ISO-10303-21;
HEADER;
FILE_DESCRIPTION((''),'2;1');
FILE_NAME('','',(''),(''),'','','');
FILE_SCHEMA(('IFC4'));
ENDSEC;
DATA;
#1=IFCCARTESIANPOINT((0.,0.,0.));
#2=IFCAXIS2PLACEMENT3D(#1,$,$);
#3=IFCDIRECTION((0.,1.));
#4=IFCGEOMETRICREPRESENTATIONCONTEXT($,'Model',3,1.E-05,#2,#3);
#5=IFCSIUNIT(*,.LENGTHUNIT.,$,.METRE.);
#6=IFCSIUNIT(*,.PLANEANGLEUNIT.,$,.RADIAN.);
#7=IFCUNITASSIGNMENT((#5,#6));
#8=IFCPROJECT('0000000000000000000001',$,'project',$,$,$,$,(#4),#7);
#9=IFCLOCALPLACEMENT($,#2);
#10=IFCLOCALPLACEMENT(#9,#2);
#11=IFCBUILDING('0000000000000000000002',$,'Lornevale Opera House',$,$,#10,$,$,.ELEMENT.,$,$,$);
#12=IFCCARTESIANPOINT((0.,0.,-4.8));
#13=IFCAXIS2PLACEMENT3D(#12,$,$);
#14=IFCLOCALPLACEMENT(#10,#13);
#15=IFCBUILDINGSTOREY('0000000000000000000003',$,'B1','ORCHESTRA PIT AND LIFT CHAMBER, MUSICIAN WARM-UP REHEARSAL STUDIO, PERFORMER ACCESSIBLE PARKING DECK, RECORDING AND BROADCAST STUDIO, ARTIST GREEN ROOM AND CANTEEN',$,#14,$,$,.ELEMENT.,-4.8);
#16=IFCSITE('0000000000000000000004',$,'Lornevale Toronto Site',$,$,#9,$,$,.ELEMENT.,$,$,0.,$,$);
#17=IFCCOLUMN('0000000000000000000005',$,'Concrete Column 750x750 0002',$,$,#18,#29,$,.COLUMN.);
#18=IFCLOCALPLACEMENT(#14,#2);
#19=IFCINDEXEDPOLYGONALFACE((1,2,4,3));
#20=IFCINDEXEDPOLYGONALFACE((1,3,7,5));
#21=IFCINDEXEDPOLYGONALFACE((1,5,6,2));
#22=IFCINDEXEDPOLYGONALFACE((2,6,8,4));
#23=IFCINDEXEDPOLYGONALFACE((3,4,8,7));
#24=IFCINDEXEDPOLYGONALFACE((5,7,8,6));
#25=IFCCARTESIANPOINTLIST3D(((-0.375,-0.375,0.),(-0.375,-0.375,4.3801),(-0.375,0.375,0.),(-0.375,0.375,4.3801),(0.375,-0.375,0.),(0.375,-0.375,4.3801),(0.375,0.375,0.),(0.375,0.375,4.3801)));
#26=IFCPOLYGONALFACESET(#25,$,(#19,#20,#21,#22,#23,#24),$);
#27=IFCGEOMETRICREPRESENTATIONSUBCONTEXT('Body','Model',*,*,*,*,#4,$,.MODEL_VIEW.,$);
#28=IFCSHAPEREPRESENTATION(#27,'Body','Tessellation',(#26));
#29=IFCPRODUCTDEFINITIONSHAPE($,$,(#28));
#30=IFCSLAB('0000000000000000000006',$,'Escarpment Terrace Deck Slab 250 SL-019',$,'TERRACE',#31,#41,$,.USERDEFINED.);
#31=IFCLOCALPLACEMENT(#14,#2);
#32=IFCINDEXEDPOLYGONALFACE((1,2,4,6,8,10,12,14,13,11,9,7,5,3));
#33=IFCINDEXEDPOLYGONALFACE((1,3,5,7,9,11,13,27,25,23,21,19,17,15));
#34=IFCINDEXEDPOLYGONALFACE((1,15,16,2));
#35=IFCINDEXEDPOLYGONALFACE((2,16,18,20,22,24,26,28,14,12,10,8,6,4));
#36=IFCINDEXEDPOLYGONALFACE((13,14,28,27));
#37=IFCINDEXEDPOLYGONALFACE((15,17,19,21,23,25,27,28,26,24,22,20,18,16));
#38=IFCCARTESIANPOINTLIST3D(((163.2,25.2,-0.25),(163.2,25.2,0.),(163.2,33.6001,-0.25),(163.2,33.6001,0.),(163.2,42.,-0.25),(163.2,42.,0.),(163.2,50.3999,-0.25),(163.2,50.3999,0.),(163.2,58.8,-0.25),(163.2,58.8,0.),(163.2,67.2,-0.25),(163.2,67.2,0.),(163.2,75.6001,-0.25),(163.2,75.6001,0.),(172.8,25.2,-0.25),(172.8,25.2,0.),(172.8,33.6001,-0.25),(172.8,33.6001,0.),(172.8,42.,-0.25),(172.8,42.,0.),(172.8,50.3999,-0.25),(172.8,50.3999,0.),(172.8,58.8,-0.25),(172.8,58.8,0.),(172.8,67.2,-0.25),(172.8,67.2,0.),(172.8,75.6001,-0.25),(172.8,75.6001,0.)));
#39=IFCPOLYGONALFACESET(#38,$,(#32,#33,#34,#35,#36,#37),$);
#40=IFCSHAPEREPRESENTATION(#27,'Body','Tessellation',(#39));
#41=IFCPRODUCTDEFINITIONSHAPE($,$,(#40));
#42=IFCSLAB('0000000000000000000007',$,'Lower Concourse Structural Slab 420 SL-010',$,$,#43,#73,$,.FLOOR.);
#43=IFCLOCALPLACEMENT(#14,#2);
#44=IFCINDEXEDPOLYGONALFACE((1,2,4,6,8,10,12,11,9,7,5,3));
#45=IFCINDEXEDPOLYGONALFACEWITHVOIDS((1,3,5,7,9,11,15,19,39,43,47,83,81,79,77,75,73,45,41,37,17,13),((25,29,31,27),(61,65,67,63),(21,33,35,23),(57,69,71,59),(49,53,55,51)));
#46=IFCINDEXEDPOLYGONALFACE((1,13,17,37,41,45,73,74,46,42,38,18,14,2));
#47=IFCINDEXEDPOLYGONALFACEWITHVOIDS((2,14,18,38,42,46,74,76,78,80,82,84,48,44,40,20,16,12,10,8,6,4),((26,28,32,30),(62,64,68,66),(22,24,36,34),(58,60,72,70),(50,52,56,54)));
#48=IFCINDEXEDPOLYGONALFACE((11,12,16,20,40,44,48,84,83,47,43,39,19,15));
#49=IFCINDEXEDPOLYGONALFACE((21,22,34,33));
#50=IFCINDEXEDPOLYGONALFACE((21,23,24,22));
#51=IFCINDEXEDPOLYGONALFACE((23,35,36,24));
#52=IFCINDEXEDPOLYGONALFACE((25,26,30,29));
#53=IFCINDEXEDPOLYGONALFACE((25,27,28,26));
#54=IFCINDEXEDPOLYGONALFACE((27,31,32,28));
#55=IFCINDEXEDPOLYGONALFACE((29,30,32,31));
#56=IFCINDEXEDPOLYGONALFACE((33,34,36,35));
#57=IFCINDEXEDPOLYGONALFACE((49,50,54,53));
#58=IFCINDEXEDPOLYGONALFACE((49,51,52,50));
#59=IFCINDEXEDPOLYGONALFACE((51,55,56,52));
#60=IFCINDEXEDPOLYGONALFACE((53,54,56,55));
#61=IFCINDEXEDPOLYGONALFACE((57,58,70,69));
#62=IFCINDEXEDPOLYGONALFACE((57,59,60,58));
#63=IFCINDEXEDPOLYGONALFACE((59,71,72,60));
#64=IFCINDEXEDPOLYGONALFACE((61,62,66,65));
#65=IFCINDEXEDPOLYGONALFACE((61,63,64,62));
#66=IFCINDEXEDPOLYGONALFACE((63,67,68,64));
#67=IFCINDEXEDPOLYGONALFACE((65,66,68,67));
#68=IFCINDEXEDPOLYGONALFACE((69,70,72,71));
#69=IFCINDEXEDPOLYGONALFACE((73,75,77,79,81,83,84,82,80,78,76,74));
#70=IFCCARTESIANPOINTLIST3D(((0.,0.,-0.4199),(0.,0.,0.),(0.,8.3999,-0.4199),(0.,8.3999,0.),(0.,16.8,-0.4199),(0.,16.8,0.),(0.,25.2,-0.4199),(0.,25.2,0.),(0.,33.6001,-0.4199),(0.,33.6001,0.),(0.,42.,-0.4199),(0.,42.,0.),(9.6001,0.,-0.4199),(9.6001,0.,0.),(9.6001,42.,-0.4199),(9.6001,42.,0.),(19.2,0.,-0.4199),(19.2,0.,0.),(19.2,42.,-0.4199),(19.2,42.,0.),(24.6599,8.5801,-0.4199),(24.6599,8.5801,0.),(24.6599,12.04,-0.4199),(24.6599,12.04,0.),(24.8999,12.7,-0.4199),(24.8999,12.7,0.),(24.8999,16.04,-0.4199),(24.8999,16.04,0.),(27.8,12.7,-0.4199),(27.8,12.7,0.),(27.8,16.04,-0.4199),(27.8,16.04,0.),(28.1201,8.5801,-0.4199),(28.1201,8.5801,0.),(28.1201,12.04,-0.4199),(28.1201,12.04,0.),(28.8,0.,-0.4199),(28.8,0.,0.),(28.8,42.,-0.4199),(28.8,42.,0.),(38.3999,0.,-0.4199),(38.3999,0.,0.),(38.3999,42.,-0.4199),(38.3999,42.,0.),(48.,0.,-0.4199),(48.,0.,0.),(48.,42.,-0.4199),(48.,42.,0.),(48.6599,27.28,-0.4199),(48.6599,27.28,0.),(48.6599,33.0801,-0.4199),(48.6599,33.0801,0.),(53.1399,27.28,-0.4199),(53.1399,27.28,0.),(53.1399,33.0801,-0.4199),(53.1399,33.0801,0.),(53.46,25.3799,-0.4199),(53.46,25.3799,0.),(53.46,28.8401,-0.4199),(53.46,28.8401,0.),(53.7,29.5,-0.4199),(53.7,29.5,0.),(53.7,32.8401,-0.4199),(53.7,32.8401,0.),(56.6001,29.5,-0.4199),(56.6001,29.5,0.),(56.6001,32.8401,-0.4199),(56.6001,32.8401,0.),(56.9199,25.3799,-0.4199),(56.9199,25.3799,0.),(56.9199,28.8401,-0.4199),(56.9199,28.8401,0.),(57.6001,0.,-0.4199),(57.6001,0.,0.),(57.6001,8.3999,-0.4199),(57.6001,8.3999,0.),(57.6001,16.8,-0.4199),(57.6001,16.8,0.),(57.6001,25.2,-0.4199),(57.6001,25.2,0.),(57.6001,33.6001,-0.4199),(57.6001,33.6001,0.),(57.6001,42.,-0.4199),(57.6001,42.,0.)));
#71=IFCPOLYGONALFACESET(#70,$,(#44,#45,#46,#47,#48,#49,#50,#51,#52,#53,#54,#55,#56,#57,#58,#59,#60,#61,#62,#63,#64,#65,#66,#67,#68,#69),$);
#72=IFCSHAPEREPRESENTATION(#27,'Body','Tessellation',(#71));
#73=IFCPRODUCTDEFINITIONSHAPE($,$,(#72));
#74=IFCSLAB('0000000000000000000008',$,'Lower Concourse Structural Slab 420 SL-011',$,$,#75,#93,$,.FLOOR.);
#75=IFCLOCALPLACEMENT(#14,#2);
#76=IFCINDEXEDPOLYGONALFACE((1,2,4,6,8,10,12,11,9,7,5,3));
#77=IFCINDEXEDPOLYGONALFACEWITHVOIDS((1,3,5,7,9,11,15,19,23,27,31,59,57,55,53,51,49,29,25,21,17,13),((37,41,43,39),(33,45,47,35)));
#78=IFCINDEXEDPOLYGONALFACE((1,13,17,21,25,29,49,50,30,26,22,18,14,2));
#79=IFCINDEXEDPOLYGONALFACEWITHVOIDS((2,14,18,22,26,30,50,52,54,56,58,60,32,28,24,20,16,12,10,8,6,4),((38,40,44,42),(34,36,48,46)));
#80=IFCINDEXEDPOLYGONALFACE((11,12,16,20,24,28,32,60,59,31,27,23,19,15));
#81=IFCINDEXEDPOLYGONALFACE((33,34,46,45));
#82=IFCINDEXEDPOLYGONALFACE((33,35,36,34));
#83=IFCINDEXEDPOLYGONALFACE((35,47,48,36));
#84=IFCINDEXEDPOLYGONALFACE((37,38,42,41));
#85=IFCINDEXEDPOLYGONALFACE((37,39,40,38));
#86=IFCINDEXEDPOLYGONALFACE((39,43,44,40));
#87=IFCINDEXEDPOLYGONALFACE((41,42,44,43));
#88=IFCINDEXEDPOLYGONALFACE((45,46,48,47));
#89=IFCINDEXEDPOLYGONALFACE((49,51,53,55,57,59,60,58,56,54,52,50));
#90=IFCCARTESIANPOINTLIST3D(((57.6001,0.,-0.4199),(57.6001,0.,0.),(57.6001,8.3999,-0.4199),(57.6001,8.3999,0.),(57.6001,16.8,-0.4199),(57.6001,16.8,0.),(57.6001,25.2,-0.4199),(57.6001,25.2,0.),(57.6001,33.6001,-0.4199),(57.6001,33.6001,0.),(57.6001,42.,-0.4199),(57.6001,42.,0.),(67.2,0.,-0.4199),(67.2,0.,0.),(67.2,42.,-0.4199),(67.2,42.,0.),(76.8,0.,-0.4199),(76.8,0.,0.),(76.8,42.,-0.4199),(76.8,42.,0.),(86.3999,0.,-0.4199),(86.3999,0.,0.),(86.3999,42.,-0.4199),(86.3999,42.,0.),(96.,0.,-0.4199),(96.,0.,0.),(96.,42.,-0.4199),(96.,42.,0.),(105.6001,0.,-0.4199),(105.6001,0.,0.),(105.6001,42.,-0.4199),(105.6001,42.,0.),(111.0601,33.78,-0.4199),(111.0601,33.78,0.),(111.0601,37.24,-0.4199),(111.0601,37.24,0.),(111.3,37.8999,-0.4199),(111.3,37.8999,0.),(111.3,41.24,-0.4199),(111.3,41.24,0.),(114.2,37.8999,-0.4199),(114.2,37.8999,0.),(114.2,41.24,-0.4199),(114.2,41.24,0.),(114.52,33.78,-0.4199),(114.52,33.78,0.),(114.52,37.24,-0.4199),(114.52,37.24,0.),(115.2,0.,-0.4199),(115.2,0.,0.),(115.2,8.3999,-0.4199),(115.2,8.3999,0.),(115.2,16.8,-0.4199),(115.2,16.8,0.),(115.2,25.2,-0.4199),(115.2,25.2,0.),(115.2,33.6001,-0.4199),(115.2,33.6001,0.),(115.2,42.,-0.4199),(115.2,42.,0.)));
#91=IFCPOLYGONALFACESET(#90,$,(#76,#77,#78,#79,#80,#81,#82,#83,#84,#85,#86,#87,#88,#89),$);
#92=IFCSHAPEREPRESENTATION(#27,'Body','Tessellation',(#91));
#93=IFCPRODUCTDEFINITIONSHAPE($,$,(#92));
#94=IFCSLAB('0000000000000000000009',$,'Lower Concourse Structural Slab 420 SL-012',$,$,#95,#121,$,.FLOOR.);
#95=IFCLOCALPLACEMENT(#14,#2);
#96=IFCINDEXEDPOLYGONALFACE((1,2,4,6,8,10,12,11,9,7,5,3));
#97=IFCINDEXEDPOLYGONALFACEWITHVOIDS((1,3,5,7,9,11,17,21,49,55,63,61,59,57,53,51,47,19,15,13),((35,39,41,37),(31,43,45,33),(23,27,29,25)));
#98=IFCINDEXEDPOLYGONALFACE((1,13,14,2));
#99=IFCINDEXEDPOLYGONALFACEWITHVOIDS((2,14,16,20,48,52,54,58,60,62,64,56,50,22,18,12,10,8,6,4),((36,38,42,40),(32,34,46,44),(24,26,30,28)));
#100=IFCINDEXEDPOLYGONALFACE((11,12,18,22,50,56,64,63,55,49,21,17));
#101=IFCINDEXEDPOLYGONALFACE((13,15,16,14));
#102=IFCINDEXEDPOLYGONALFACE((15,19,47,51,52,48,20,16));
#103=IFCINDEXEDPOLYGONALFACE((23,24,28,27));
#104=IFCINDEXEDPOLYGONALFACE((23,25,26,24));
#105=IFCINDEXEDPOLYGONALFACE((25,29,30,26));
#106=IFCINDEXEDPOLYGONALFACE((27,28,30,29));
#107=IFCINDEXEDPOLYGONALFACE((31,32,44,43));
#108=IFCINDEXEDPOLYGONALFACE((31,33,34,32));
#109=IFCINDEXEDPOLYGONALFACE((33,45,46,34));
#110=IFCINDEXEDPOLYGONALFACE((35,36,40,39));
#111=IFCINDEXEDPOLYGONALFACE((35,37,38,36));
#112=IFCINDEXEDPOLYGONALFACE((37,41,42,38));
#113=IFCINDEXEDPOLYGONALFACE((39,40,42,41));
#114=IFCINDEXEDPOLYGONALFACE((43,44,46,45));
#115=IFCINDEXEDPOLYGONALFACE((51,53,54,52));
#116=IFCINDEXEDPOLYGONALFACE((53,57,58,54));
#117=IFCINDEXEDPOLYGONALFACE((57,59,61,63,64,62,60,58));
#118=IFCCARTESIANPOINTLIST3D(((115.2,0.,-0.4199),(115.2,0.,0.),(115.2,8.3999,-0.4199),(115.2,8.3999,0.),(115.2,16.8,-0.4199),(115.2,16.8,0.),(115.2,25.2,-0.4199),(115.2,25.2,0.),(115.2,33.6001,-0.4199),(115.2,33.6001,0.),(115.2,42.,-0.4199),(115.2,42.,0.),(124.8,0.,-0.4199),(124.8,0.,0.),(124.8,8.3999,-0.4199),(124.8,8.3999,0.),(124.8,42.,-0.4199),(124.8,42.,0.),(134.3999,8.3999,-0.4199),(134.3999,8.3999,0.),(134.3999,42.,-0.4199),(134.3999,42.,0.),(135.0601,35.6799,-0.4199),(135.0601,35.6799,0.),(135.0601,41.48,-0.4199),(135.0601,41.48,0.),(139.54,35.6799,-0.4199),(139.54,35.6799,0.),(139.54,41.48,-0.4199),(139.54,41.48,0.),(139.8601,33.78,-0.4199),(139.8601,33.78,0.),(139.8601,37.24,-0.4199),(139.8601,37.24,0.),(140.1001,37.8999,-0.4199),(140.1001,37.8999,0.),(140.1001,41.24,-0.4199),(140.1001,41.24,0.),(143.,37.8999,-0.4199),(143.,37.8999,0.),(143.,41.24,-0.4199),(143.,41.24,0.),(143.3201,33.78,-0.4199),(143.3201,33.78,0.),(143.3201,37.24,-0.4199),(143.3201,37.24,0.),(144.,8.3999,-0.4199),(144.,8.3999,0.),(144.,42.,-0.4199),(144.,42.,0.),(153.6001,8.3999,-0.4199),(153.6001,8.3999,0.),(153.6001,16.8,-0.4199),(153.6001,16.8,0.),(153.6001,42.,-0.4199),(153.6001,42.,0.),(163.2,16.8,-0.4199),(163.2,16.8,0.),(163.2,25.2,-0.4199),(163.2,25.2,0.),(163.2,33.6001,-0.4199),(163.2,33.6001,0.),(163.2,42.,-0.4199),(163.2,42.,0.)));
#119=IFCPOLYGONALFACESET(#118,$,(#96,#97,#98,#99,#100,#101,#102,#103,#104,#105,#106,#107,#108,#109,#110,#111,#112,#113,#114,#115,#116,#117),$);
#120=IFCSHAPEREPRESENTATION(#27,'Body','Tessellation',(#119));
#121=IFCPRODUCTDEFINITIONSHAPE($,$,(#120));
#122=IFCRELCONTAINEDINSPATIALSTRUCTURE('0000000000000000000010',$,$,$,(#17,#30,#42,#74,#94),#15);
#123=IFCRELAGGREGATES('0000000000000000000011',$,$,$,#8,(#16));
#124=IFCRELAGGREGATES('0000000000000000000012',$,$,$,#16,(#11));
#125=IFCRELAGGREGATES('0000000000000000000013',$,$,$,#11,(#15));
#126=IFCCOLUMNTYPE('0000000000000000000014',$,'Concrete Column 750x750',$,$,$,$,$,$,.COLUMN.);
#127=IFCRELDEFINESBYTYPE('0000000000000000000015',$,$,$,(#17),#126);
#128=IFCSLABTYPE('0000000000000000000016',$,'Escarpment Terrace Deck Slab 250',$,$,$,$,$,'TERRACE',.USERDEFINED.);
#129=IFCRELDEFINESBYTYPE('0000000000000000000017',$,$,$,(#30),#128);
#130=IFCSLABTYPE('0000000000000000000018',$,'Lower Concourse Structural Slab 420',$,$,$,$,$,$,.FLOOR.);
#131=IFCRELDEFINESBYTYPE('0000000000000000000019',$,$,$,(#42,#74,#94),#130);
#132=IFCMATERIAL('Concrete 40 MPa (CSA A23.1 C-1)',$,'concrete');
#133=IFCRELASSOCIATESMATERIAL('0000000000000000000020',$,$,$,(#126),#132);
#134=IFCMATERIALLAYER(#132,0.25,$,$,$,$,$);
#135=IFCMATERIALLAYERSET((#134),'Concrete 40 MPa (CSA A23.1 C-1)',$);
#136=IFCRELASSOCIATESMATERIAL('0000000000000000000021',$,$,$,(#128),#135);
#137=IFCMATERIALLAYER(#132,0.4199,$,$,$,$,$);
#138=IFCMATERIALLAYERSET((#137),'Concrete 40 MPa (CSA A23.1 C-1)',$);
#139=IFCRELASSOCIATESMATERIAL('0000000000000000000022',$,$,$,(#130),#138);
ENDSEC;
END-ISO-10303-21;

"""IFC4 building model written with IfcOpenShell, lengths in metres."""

from ifc_helpers import new_model, si_unit, direction, frame, origin, origin_with_axes, origin_2d, place, context, subcontext, project, spatial, polyline, rectangle, outline, extrude, material, layer, layer_set, material_profile, profile_set, type_object, element, save


model = new_model("IFC4")

# Units and contexts
model_context = context("Model", 3, precision=1e-05, world=origin(), true_north=direction((0.0, 1.0)))
body_context = subcontext(model_context, "Body", "Model", "MODEL_VIEW")
ifc_project = project(units=[si_unit("LENGTHUNIT", "METRE"), si_unit("PLANEANGLEUNIT", "RADIAN")], contexts=[model_context])

# Site, building, storey
site_placement = place(None, origin())
site = spatial("IfcSite", under=ifc_project, at=site_placement, Name="Lornevale Toronto Site", CompositionType="ELEMENT", RefElevation=0.0)
building_placement = place(site_placement, origin())
building = spatial("IfcBuilding", under=site, at=building_placement, Name="Lornevale Opera House", CompositionType="ELEMENT")
storey_placement = place(building_placement, frame((0.0, 0.0, -4.8)))
storey = spatial("IfcBuildingStorey", under=building, at=storey_placement, Name="B1", Description="ORCHESTRA PIT AND LIFT CHAMBER, MUSICIAN WARM-UP REHEARSAL STUDIO, PERFORMER ACCESSIBLE PARKING DECK, RECORDING AND BROADCAST STUDIO, ARTIST GREEN ROOM AND CANTEEN", CompositionType="ELEMENT", Elevation=-4.8)

# Column
ifc_material_1 = material(Name="Concrete 40 MPa (CSA A23.1 C-1)", Category="concrete")
ifc_material_profile = material_profile(ifc_material_1, rectangle(XDim=0.75, YDim=0.75, at=origin_2d()), Name="RC750x750")
ifc_profile_set = profile_set([ifc_material_profile], Name="Concrete 40 MPa (CSA A23.1 C-1)")
column_type = type_object("IfcColumnType", Name="Concrete Column 750x750", PredefinedType="COLUMN", material=ifc_profile_set)
column_placement = place(storey_placement, origin_with_axes())
element("IfcColumn", 1, at=column_placement, inside=storey, type_object=column_type, Name="Concrete Column 750x750 0002", PredefinedType="COLUMN", context=body_context, shape_type="SweptSolid", body=[
    extrude(rectangle(XDim=0.75, YDim=0.75, at=origin_2d()), origin(), (0.0, 0.0, 1.0), 4.3801),
])

# Slabs
ifc_layer_1 = layer(ifc_material_1, 0.25)
ifc_layer_set_1 = layer_set([ifc_layer_1], Name="Concrete 40 MPa (CSA A23.1 C-1)")
slab_type_1 = type_object("IfcSlabType", Name="Escarpment Terrace Deck Slab 250", ElementType="TERRACE", PredefinedType="USERDEFINED", material=ifc_layer_set_1)
slab_1_placement = place(storey_placement, frame((0.0, 0.0, -0.25)))
element("IfcSlab", 2, at=slab_1_placement, inside=storey, type_object=slab_type_1, Name="Escarpment Terrace Deck Slab 250 SL-019", ObjectType="TERRACE", PredefinedType="USERDEFINED", context=body_context, shape_type="SweptSolid", body=[
    extrude(outline(polyline([(163.2, 25.2), (163.2, 33.6001), (163.2, 42.0), (163.2, 50.3999), (163.2, 58.8), (163.2, 67.2), (163.2, 75.6001), (172.8, 75.6001), (172.8, 67.2), (172.8, 58.8), (172.8, 50.3999), (172.8, 42.0), (172.8, 33.6001), (172.8, 25.2), (163.2, 25.2)])), origin(), (0.0, 0.0, 1.0), 0.25),
])
ifc_layer_2 = layer(ifc_material_1, 0.4199)
ifc_layer_set_2 = layer_set([ifc_layer_2], Name="Concrete 40 MPa (CSA A23.1 C-1)")
slab_type_2 = type_object("IfcSlabType", Name="Lower Concourse Structural Slab 420", PredefinedType="FLOOR", material=ifc_layer_set_2)
slab_2_placement = place(storey_placement, frame((0.0, 0.0, -0.4199)))
element("IfcSlab", 3, at=slab_2_placement, inside=storey, type_object=slab_type_2, Name="Lower Concourse Structural Slab 420 SL-010", PredefinedType="FLOOR", context=body_context, shape_type="SweptSolid", body=[
    extrude(outline(polyline([(0.0, 25.2), (0.0, 33.6001), (0.0, 42.0), (9.6001, 42.0), (19.2, 42.0), (28.8, 42.0), (38.3999, 42.0), (48.0, 42.0), (57.6001, 42.0), (57.6001, 33.6001), (57.6001, 25.2), (57.6001, 16.8), (57.6001, 8.3999), (57.6001, 0.0), (48.0, 0.0), (38.3999, 0.0), (28.8, 0.0), (19.2, 0.0), (9.6001, 0.0), (0.0, 0.0), (0.0, 8.3999), (0.0, 16.8), (0.0, 25.2)]), holes=[polyline([(53.46, 25.3799), (56.9199, 25.3799), (56.9199, 28.8401), (53.46, 28.8401), (53.46, 25.3799)]), polyline([(48.6599, 27.28), (53.1399, 27.28), (53.1399, 33.0801), (48.6599, 33.0801), (48.6599, 27.28)]), polyline([(24.6599, 8.5801), (28.1201, 8.5801), (28.1201, 12.04), (24.6599, 12.04), (24.6599, 8.5801)]), polyline([(53.7, 29.5), (56.6001, 29.5), (56.6001, 32.8401), (53.7, 32.8401), (53.7, 29.5)]), polyline([(24.8999, 12.7), (27.8, 12.7), (27.8, 16.04), (24.8999, 16.04), (24.8999, 12.7)])]), origin(), (0.0, 0.0, 1.0), 0.4199),
])
slab_3_placement = place(storey_placement, frame((0.0, 0.0, -0.4199)))
element("IfcSlab", 4, at=slab_3_placement, inside=storey, type_object=slab_type_2, Name="Lower Concourse Structural Slab 420 SL-011", PredefinedType="FLOOR", context=body_context, shape_type="SweptSolid", body=[
    extrude(outline(polyline([(57.6001, 25.2), (57.6001, 33.6001), (57.6001, 42.0), (67.2, 42.0), (76.8, 42.0), (86.3999, 42.0), (96.0, 42.0), (105.6001, 42.0), (115.2, 42.0), (115.2, 33.6001), (115.2, 25.2), (115.2, 16.8), (115.2, 8.3999), (115.2, 0.0), (105.6001, 0.0), (96.0, 0.0), (86.3999, 0.0), (76.8, 0.0), (67.2, 0.0), (57.6001, 0.0), (57.6001, 8.3999), (57.6001, 16.8), (57.6001, 25.2)]), holes=[polyline([(111.0601, 33.78), (114.52, 33.78), (114.52, 37.24), (111.0601, 37.24), (111.0601, 33.78)]), polyline([(111.3, 37.8999), (114.2, 37.8999), (114.2, 41.24), (111.3, 41.24), (111.3, 37.8999)])]), origin(), (0.0, 0.0, 1.0), 0.4199),
])
slab_4_placement = place(storey_placement, frame((0.0, 0.0, -0.4199)))
element("IfcSlab", 5, at=slab_4_placement, inside=storey, type_object=slab_type_2, Name="Lower Concourse Structural Slab 420 SL-012", PredefinedType="FLOOR", context=body_context, shape_type="SweptSolid", body=[
    extrude(outline(polyline([(115.2, 16.8), (115.2, 25.2), (115.2, 33.6001), (115.2, 42.0), (124.8, 42.0), (134.3999, 42.0), (144.0, 42.0), (153.6001, 42.0), (163.2, 42.0), (163.2, 33.6001), (163.2, 25.2), (163.2, 16.8), (153.6001, 16.8), (153.6001, 8.3999), (144.0, 8.3999), (134.3999, 8.3999), (124.8, 8.3999), (124.8, 0.0), (115.2, 0.0), (115.2, 8.3999), (115.2, 16.8)]), holes=[polyline([(139.8601, 33.78), (143.3201, 33.78), (143.3201, 37.24), (139.8601, 37.24), (139.8601, 33.78)]), polyline([(135.0601, 35.6799), (139.54, 35.6799), (139.54, 41.48), (135.0601, 41.48), (135.0601, 35.6799)]), polyline([(140.1001, 37.8999), (143.0, 37.8999), (143.0, 41.24), (140.1001, 41.24), (140.1001, 37.8999)])]), origin(), (0.0, 0.0, 1.0), 0.4199),
])

save(model, "model.ifc")
